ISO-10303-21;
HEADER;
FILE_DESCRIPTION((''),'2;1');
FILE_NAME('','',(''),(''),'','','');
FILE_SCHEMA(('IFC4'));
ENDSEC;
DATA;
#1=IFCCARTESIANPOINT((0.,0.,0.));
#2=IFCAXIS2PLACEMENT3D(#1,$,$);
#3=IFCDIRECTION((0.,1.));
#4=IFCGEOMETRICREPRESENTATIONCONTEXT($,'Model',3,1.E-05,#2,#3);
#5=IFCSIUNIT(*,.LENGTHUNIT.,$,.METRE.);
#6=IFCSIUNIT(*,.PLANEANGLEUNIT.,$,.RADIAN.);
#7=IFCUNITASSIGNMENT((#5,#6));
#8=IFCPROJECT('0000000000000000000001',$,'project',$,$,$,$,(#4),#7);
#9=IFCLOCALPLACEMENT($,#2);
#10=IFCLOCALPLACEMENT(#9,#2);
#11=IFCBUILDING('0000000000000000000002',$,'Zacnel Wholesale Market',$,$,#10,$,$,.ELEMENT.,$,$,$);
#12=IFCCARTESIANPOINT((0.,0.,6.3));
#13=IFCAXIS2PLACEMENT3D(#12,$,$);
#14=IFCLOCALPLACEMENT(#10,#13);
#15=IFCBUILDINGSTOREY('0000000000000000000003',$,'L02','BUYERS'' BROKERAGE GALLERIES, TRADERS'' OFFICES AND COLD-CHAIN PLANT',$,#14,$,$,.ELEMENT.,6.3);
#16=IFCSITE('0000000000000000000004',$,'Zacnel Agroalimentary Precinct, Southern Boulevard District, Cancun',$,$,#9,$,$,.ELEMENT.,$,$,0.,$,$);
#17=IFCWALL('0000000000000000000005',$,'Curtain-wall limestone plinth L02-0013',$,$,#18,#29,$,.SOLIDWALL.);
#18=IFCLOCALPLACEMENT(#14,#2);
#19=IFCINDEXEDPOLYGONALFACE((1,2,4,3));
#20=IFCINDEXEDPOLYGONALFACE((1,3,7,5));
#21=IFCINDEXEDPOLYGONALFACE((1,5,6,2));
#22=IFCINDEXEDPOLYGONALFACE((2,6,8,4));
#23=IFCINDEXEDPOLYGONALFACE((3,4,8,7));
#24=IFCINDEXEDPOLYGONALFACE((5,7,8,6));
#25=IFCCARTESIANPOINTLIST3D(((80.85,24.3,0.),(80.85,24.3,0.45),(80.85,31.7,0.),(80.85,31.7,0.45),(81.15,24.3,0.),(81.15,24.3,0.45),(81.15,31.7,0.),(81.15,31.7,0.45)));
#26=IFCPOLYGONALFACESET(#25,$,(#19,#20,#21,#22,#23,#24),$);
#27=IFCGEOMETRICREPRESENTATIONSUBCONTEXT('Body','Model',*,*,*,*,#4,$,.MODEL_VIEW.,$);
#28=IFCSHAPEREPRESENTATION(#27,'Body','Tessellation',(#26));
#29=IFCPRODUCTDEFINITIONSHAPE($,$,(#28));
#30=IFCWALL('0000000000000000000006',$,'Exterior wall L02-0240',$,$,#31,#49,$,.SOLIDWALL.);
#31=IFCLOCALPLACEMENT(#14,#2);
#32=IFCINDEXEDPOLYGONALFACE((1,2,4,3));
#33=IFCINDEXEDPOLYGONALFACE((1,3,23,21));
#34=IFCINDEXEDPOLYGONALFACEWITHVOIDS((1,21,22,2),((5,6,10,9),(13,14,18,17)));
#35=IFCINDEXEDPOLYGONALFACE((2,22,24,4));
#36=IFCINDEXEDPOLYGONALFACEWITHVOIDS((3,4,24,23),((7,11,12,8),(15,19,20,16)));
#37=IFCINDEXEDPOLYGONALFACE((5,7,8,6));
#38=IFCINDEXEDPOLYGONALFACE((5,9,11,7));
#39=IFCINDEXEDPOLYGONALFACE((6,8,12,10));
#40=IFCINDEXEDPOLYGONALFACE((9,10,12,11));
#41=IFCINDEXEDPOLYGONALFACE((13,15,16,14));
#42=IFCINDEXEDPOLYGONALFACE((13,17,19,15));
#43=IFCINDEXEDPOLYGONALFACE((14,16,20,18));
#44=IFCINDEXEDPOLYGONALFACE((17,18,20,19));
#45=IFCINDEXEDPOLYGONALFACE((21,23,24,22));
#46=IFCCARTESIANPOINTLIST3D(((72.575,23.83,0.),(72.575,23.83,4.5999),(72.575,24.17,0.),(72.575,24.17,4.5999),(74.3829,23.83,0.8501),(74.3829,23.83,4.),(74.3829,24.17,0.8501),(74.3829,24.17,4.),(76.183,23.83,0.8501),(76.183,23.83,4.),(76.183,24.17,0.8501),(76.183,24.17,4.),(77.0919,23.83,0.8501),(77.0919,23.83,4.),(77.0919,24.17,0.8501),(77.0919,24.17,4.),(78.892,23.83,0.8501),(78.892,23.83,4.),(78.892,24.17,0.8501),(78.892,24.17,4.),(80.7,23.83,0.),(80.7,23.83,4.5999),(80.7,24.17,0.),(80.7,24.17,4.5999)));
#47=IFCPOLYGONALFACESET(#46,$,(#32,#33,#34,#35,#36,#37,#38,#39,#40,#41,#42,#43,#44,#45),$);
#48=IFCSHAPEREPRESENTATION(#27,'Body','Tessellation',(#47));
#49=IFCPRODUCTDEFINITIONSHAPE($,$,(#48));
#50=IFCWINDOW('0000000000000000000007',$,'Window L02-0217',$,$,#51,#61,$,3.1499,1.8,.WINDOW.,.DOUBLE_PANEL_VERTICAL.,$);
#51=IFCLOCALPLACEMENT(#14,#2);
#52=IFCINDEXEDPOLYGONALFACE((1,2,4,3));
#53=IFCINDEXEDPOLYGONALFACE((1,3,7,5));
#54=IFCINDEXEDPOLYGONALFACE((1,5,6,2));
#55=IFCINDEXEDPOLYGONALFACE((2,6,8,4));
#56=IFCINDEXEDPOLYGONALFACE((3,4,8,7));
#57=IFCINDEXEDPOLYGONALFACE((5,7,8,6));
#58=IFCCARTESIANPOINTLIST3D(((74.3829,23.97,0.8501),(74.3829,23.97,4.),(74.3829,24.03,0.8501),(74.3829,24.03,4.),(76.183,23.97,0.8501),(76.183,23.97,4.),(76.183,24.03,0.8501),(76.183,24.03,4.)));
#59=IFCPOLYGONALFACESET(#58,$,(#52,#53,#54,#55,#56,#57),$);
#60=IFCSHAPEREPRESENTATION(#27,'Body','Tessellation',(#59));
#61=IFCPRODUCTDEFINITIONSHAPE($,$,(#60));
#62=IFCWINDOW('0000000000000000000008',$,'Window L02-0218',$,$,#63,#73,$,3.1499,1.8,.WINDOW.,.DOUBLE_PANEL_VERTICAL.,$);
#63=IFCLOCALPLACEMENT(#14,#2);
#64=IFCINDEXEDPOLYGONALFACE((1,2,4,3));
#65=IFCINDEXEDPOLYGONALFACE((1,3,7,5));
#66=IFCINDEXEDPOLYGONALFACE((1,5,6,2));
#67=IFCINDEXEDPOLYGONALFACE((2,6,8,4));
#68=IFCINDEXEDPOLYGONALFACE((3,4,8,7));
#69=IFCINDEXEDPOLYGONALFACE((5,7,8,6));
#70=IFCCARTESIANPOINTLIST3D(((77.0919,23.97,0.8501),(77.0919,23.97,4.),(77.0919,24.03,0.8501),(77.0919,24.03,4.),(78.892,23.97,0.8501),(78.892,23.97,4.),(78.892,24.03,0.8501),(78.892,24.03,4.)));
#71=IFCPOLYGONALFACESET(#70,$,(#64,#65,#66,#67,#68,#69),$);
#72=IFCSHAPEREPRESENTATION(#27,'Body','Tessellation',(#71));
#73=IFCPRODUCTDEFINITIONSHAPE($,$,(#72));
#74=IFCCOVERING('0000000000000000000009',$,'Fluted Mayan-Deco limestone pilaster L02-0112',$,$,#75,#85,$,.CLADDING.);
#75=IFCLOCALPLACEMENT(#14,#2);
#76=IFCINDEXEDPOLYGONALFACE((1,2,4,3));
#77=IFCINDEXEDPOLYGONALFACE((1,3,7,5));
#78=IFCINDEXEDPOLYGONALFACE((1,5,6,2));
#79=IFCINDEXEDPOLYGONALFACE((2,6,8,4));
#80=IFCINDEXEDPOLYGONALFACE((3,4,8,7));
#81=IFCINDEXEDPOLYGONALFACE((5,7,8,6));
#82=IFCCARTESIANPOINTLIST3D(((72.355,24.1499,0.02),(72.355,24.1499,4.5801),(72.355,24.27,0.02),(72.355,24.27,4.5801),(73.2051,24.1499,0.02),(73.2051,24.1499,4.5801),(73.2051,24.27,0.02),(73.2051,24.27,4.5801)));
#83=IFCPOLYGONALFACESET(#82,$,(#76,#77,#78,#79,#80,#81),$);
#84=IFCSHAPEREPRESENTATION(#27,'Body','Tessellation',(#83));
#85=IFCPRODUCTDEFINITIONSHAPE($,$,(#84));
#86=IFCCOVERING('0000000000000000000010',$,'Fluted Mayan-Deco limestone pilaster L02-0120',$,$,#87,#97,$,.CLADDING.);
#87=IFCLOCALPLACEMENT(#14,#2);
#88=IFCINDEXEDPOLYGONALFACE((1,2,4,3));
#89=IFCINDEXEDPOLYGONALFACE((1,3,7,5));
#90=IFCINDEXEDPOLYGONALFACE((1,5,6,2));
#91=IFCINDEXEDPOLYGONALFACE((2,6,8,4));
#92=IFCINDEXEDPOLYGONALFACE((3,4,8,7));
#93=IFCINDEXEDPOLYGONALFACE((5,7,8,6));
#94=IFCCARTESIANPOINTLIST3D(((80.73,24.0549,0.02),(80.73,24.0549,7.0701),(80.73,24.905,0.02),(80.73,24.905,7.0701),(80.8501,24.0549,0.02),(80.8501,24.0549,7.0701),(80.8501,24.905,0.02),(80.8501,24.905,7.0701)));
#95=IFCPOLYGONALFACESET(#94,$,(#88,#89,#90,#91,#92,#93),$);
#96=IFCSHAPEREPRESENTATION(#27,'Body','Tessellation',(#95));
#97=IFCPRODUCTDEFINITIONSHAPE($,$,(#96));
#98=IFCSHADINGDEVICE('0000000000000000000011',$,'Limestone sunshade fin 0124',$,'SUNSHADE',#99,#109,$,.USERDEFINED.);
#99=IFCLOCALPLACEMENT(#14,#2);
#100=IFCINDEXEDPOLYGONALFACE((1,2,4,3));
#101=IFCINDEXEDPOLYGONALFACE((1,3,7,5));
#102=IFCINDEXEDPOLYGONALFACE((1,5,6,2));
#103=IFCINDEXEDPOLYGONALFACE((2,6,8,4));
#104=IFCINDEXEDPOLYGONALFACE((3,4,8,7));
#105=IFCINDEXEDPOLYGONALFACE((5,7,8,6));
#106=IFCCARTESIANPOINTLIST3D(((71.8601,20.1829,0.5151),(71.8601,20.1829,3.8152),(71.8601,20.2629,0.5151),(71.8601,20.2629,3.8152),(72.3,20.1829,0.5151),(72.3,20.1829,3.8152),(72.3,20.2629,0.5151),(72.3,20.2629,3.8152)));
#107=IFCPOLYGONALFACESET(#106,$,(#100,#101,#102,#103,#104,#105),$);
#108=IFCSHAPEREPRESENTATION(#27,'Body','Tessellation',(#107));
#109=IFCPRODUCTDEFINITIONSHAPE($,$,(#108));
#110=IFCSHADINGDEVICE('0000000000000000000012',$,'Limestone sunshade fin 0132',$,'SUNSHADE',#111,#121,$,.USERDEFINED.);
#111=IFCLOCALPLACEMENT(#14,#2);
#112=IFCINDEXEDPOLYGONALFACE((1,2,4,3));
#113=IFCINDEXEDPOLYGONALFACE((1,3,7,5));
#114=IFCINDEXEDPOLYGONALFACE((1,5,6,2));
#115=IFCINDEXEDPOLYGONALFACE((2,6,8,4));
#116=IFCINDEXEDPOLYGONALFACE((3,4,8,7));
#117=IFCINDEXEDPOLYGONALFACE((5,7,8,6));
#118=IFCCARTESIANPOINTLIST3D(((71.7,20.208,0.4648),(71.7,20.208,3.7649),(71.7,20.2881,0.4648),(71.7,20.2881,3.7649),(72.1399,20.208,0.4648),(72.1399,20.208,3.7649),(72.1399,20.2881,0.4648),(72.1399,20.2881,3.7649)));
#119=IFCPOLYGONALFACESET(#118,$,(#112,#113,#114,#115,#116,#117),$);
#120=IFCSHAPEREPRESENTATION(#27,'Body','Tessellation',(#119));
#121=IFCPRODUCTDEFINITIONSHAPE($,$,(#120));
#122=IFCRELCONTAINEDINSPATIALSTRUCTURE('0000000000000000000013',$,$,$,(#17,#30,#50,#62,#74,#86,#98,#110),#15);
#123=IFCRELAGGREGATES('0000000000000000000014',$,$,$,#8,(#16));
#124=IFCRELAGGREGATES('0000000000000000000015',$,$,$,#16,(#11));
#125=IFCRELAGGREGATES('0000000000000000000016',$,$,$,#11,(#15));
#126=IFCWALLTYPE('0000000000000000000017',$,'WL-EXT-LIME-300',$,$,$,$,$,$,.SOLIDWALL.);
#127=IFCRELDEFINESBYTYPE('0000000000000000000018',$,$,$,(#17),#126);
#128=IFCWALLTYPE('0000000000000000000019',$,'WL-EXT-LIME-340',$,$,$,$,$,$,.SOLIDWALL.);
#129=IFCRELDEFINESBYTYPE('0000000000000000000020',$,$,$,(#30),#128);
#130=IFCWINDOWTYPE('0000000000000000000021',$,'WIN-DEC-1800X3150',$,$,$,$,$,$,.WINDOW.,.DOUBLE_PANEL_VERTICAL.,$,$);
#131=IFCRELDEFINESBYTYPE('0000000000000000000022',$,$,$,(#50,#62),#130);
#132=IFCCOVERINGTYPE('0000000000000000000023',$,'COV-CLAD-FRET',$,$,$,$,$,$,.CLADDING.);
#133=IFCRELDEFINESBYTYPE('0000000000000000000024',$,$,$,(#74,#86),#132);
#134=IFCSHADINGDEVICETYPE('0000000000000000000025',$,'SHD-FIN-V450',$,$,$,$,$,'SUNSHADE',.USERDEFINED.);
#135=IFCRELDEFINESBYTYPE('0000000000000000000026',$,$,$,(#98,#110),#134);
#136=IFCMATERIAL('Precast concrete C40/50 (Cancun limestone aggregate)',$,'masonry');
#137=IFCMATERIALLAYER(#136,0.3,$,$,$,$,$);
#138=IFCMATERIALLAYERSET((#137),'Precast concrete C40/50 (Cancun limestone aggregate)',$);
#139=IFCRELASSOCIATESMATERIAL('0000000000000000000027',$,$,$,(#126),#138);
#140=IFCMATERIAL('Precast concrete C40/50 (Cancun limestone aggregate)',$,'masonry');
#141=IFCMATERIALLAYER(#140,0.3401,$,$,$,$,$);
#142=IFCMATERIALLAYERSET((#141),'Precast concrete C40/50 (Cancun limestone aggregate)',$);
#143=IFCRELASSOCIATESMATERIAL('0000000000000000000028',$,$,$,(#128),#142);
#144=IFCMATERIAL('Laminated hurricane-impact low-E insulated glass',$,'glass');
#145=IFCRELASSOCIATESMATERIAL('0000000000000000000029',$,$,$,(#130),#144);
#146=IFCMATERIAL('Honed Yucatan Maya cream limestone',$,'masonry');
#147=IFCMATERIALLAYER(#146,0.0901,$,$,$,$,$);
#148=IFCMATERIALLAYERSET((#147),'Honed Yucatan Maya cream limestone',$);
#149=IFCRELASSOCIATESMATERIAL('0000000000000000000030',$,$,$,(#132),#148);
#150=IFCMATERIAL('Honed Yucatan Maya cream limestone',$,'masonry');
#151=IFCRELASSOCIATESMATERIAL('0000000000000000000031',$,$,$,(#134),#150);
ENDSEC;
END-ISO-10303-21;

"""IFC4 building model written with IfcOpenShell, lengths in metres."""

from ifc_helpers import new_model, si_unit, direction, frame, frame_2d, origin, origin_2d, place, context, subcontext, project, spatial, rectangle, extrude, material, layer, layer_set, type_object, element, fill, save


model = new_model("IFC4")

# Units and contexts
model_context = context("Model", 3, precision=1e-05, world=origin(), true_north=direction((0.0, 1.0)))
body_context = subcontext(model_context, "Body", "Model", "MODEL_VIEW")
ifc_project = project(units=[si_unit("LENGTHUNIT", "METRE"), si_unit("PLANEANGLEUNIT", "RADIAN")], contexts=[model_context])

# Site, building, storey
site_placement = place(None, origin())
site = spatial("IfcSite", under=ifc_project, at=site_placement, Name="Zacnel Agroalimentary Precinct, Southern Boulevard District, Cancun", CompositionType="ELEMENT", RefElevation=0.0)
building_placement = place(site_placement, origin())
building = spatial("IfcBuilding", under=site, at=building_placement, Name="Zacnel Wholesale Market", CompositionType="ELEMENT")
storey_placement = place(building_placement, frame((0.0, 0.0, 6.3)))
storey = spatial("IfcBuildingStorey", under=building, at=storey_placement, Name="L02", Description="BUYERS' BROKERAGE GALLERIES, TRADERS' OFFICES AND COLD-CHAIN PLANT", CompositionType="ELEMENT", Elevation=6.3)

# Wall
ifc_material_1 = material(Name="Precast concrete C40/50 (Cancun limestone aggregate)", Category="masonry")
ifc_layer_1 = layer(ifc_material_1, 0.3)
ifc_layer_set_1 = layer_set([ifc_layer_1], Name="Precast concrete C40/50 (Cancun limestone aggregate)")
wall_type_1 = type_object("IfcWallType", Name="WL-EXT-LIME-300", PredefinedType="SOLIDWALL", material=ifc_layer_set_1)
wall_1_placement = place(storey_placement, frame((81.0, 24.3, 0.0), z_axis=(0.0, 0.0, 1.0), x_axis=(0.0, 1.0, 0.0)))
element("IfcWall", 1, at=wall_1_placement, inside=storey, type_object=wall_type_1, Name="Curtain-wall limestone plinth L02-0013", PredefinedType="SOLIDWALL", context=body_context, shape_type="SweptSolid", body=[
    extrude(rectangle(XDim=7.3999, YDim=0.3, at=frame_2d((3.7, 0.0))), origin(), (0.0, 0.0, 1.0), 0.45),
])

# Wall, openings, windows
ifc_material_2 = material(Name="Precast concrete C40/50 (Cancun limestone aggregate)", Category="masonry")
ifc_layer_2 = layer(ifc_material_2, 0.3401)
ifc_layer_set_2 = layer_set([ifc_layer_2], Name="Precast concrete C40/50 (Cancun limestone aggregate)")
wall_type_2 = type_object("IfcWallType", Name="WL-EXT-LIME-340", PredefinedType="SOLIDWALL", material=ifc_layer_set_2)
wall_2_placement = place(storey_placement, frame((72.575, 24.0, 0.0), z_axis=(0.0, 0.0, 1.0), x_axis=(1.0, 0.0, 0.0)))
wall_2 = element("IfcWall", 2, at=wall_2_placement, inside=storey, type_object=wall_type_2, Name="Exterior wall L02-0240", PredefinedType="SOLIDWALL", context=body_context, shape_type="SweptSolid", body=[
    extrude(rectangle(XDim=8.125, YDim=0.3401, at=frame_2d((4.0625, 0.0))), origin(), (0.0, 0.0, 1.0), 4.5999),
])
opening_1_placement = place(wall_2_placement, frame((1.8081, 0.0, 0.8501)))
opening_1 = element("IfcOpeningElement", 3, at=opening_1_placement, cuts=wall_2, PredefinedType="OPENING", context=body_context, shape_type="SweptSolid", body=[
    extrude(rectangle(XDim=1.8, YDim=3.1499, at=frame_2d((0.8999, 1.575))), frame((0.0, 0.1799, 0.0), z_axis=(0.0, -1.0, 0.0), x_axis=(1.0, 0.0, 0.0)), (0.0, 0.0, 1.0), 0.3601),
])
opening_2_placement = place(wall_2_placement, frame((4.5171, 0.0, 0.8501)))
opening_2 = element("IfcOpeningElement", 4, at=opening_2_placement, cuts=wall_2, PredefinedType="OPENING", context=body_context, shape_type="SweptSolid", body=[
    extrude(rectangle(XDim=1.8, YDim=3.1499, at=frame_2d((0.8999, 1.575))), frame((0.0, 0.1799, 0.0), z_axis=(0.0, -1.0, 0.0), x_axis=(1.0, 0.0, 0.0)), (0.0, 0.0, 1.0), 0.3601),
])
ifc_material_3 = material(Name="Laminated hurricane-impact low-E insulated glass", Category="glass")
window_type_1 = type_object("IfcWindowType", Name="WIN-DEC-1800X3150", PartitioningType="DOUBLE_PANEL_VERTICAL", PredefinedType="WINDOW", material=ifc_material_3)
window_1_placement = place(opening_1_placement, origin())
window_1 = element("IfcWindow", 5, at=window_1_placement, inside=storey, type_object=window_type_1, Name="Window L02-0217", OverallHeight=3.1499, OverallWidth=1.8, PartitioningType="DOUBLE_PANEL_VERTICAL", PredefinedType="WINDOW", context=body_context, shape_type="SweptSolid", body=[
    extrude(rectangle(XDim=1.8, YDim=3.1499, at=frame_2d((0.8999, 1.575))), frame((0.0, 0.03, 0.0), z_axis=(0.0, -1.0, 0.0), x_axis=(1.0, 0.0, 0.0)), (0.0, 0.0, 1.0), 0.0601),
])
fill(opening_1, window_1)
window_2_placement = place(opening_2_placement, origin())
window_2 = element("IfcWindow", 6, at=window_2_placement, inside=storey, type_object=window_type_1, Name="Window L02-0218", OverallHeight=3.1499, OverallWidth=1.8, PartitioningType="DOUBLE_PANEL_VERTICAL", PredefinedType="WINDOW", context=body_context, shape_type="SweptSolid", body=[
    extrude(rectangle(XDim=1.8, YDim=3.1499, at=frame_2d((0.8999, 1.575))), frame((0.0, 0.03, 0.0), z_axis=(0.0, -1.0, 0.0), x_axis=(1.0, 0.0, 0.0)), (0.0, 0.0, 1.0), 0.0601),
])
fill(opening_2, window_2)

# Coverings
ifc_material_4 = material(Name="Honed Yucatan Maya cream limestone", Category="masonry")
ifc_layer_3 = layer(ifc_material_4, 0.0901)
ifc_layer_set_3 = layer_set([ifc_layer_3], Name="Honed Yucatan Maya cream limestone")
covering_type = type_object("IfcCoveringType", Name="COV-CLAD-FRET", PredefinedType="CLADDING", material=ifc_layer_set_3)
covering_1_placement = place(storey_placement, frame((72.78, 24.21, 0.02), z_axis=(0.0, 0.0, 1.0), x_axis=(1.0, 0.0, 0.0)))
element("IfcCovering", 7, at=covering_1_placement, inside=storey, type_object=covering_type, Name="Fluted Mayan-Deco limestone pilaster L02-0112", PredefinedType="CLADDING", context=body_context, shape_type="SweptSolid", body=[
    extrude(rectangle(XDim=0.8501, YDim=0.1201, at=origin_2d()), origin(), (0.0, 0.0, 1.0), 4.5601),
])
covering_2_placement = place(storey_placement, frame((80.79, 24.48, 0.02), z_axis=(0.0, 0.0, 1.0), x_axis=(0.0, 1.0, 0.0)))
element("IfcCovering", 8, at=covering_2_placement, inside=storey, type_object=covering_type, Name="Fluted Mayan-Deco limestone pilaster L02-0120", PredefinedType="CLADDING", context=body_context, shape_type="SweptSolid", body=[
    extrude(rectangle(XDim=0.8501, YDim=0.1201, at=origin_2d()), origin(), (0.0, 0.0, 1.0), 7.05),
])

# Shading devices
ifc_material_5 = material(Name="Honed Yucatan Maya cream limestone", Category="masonry")
shading_device_type = type_object("IfcShadingDeviceType", Name="SHD-FIN-V450", ElementType="SUNSHADE", PredefinedType="USERDEFINED", material=ifc_material_5)
for number, where, z_axis, x_axis, name in (
    (9, (72.0801, 20.2229, 0.5151), (0.0, 0.0, 1.0), (0.0, 1.0, 0.0), "Limestone sunshade fin 0124"),
    (10, (71.9199, 20.248, 0.4648), (0.0, 0.0, 1.0), (0.0, 1.0, 0.0), "Limestone sunshade fin 0132"),
):
    element("IfcShadingDevice", number, at=place(storey_placement, frame(where, z_axis=z_axis, x_axis=x_axis)), inside=storey, type_object=shading_device_type, Name=name, ObjectType="SUNSHADE", PredefinedType="USERDEFINED", context=body_context, shape_type="SweptSolid", body=[
        extrude(rectangle(XDim=0.0801, YDim=0.4399, at=origin_2d()), origin(), (0.0, 0.0, 1.0), 3.3),
    ])

save(model, "model.ifc")
